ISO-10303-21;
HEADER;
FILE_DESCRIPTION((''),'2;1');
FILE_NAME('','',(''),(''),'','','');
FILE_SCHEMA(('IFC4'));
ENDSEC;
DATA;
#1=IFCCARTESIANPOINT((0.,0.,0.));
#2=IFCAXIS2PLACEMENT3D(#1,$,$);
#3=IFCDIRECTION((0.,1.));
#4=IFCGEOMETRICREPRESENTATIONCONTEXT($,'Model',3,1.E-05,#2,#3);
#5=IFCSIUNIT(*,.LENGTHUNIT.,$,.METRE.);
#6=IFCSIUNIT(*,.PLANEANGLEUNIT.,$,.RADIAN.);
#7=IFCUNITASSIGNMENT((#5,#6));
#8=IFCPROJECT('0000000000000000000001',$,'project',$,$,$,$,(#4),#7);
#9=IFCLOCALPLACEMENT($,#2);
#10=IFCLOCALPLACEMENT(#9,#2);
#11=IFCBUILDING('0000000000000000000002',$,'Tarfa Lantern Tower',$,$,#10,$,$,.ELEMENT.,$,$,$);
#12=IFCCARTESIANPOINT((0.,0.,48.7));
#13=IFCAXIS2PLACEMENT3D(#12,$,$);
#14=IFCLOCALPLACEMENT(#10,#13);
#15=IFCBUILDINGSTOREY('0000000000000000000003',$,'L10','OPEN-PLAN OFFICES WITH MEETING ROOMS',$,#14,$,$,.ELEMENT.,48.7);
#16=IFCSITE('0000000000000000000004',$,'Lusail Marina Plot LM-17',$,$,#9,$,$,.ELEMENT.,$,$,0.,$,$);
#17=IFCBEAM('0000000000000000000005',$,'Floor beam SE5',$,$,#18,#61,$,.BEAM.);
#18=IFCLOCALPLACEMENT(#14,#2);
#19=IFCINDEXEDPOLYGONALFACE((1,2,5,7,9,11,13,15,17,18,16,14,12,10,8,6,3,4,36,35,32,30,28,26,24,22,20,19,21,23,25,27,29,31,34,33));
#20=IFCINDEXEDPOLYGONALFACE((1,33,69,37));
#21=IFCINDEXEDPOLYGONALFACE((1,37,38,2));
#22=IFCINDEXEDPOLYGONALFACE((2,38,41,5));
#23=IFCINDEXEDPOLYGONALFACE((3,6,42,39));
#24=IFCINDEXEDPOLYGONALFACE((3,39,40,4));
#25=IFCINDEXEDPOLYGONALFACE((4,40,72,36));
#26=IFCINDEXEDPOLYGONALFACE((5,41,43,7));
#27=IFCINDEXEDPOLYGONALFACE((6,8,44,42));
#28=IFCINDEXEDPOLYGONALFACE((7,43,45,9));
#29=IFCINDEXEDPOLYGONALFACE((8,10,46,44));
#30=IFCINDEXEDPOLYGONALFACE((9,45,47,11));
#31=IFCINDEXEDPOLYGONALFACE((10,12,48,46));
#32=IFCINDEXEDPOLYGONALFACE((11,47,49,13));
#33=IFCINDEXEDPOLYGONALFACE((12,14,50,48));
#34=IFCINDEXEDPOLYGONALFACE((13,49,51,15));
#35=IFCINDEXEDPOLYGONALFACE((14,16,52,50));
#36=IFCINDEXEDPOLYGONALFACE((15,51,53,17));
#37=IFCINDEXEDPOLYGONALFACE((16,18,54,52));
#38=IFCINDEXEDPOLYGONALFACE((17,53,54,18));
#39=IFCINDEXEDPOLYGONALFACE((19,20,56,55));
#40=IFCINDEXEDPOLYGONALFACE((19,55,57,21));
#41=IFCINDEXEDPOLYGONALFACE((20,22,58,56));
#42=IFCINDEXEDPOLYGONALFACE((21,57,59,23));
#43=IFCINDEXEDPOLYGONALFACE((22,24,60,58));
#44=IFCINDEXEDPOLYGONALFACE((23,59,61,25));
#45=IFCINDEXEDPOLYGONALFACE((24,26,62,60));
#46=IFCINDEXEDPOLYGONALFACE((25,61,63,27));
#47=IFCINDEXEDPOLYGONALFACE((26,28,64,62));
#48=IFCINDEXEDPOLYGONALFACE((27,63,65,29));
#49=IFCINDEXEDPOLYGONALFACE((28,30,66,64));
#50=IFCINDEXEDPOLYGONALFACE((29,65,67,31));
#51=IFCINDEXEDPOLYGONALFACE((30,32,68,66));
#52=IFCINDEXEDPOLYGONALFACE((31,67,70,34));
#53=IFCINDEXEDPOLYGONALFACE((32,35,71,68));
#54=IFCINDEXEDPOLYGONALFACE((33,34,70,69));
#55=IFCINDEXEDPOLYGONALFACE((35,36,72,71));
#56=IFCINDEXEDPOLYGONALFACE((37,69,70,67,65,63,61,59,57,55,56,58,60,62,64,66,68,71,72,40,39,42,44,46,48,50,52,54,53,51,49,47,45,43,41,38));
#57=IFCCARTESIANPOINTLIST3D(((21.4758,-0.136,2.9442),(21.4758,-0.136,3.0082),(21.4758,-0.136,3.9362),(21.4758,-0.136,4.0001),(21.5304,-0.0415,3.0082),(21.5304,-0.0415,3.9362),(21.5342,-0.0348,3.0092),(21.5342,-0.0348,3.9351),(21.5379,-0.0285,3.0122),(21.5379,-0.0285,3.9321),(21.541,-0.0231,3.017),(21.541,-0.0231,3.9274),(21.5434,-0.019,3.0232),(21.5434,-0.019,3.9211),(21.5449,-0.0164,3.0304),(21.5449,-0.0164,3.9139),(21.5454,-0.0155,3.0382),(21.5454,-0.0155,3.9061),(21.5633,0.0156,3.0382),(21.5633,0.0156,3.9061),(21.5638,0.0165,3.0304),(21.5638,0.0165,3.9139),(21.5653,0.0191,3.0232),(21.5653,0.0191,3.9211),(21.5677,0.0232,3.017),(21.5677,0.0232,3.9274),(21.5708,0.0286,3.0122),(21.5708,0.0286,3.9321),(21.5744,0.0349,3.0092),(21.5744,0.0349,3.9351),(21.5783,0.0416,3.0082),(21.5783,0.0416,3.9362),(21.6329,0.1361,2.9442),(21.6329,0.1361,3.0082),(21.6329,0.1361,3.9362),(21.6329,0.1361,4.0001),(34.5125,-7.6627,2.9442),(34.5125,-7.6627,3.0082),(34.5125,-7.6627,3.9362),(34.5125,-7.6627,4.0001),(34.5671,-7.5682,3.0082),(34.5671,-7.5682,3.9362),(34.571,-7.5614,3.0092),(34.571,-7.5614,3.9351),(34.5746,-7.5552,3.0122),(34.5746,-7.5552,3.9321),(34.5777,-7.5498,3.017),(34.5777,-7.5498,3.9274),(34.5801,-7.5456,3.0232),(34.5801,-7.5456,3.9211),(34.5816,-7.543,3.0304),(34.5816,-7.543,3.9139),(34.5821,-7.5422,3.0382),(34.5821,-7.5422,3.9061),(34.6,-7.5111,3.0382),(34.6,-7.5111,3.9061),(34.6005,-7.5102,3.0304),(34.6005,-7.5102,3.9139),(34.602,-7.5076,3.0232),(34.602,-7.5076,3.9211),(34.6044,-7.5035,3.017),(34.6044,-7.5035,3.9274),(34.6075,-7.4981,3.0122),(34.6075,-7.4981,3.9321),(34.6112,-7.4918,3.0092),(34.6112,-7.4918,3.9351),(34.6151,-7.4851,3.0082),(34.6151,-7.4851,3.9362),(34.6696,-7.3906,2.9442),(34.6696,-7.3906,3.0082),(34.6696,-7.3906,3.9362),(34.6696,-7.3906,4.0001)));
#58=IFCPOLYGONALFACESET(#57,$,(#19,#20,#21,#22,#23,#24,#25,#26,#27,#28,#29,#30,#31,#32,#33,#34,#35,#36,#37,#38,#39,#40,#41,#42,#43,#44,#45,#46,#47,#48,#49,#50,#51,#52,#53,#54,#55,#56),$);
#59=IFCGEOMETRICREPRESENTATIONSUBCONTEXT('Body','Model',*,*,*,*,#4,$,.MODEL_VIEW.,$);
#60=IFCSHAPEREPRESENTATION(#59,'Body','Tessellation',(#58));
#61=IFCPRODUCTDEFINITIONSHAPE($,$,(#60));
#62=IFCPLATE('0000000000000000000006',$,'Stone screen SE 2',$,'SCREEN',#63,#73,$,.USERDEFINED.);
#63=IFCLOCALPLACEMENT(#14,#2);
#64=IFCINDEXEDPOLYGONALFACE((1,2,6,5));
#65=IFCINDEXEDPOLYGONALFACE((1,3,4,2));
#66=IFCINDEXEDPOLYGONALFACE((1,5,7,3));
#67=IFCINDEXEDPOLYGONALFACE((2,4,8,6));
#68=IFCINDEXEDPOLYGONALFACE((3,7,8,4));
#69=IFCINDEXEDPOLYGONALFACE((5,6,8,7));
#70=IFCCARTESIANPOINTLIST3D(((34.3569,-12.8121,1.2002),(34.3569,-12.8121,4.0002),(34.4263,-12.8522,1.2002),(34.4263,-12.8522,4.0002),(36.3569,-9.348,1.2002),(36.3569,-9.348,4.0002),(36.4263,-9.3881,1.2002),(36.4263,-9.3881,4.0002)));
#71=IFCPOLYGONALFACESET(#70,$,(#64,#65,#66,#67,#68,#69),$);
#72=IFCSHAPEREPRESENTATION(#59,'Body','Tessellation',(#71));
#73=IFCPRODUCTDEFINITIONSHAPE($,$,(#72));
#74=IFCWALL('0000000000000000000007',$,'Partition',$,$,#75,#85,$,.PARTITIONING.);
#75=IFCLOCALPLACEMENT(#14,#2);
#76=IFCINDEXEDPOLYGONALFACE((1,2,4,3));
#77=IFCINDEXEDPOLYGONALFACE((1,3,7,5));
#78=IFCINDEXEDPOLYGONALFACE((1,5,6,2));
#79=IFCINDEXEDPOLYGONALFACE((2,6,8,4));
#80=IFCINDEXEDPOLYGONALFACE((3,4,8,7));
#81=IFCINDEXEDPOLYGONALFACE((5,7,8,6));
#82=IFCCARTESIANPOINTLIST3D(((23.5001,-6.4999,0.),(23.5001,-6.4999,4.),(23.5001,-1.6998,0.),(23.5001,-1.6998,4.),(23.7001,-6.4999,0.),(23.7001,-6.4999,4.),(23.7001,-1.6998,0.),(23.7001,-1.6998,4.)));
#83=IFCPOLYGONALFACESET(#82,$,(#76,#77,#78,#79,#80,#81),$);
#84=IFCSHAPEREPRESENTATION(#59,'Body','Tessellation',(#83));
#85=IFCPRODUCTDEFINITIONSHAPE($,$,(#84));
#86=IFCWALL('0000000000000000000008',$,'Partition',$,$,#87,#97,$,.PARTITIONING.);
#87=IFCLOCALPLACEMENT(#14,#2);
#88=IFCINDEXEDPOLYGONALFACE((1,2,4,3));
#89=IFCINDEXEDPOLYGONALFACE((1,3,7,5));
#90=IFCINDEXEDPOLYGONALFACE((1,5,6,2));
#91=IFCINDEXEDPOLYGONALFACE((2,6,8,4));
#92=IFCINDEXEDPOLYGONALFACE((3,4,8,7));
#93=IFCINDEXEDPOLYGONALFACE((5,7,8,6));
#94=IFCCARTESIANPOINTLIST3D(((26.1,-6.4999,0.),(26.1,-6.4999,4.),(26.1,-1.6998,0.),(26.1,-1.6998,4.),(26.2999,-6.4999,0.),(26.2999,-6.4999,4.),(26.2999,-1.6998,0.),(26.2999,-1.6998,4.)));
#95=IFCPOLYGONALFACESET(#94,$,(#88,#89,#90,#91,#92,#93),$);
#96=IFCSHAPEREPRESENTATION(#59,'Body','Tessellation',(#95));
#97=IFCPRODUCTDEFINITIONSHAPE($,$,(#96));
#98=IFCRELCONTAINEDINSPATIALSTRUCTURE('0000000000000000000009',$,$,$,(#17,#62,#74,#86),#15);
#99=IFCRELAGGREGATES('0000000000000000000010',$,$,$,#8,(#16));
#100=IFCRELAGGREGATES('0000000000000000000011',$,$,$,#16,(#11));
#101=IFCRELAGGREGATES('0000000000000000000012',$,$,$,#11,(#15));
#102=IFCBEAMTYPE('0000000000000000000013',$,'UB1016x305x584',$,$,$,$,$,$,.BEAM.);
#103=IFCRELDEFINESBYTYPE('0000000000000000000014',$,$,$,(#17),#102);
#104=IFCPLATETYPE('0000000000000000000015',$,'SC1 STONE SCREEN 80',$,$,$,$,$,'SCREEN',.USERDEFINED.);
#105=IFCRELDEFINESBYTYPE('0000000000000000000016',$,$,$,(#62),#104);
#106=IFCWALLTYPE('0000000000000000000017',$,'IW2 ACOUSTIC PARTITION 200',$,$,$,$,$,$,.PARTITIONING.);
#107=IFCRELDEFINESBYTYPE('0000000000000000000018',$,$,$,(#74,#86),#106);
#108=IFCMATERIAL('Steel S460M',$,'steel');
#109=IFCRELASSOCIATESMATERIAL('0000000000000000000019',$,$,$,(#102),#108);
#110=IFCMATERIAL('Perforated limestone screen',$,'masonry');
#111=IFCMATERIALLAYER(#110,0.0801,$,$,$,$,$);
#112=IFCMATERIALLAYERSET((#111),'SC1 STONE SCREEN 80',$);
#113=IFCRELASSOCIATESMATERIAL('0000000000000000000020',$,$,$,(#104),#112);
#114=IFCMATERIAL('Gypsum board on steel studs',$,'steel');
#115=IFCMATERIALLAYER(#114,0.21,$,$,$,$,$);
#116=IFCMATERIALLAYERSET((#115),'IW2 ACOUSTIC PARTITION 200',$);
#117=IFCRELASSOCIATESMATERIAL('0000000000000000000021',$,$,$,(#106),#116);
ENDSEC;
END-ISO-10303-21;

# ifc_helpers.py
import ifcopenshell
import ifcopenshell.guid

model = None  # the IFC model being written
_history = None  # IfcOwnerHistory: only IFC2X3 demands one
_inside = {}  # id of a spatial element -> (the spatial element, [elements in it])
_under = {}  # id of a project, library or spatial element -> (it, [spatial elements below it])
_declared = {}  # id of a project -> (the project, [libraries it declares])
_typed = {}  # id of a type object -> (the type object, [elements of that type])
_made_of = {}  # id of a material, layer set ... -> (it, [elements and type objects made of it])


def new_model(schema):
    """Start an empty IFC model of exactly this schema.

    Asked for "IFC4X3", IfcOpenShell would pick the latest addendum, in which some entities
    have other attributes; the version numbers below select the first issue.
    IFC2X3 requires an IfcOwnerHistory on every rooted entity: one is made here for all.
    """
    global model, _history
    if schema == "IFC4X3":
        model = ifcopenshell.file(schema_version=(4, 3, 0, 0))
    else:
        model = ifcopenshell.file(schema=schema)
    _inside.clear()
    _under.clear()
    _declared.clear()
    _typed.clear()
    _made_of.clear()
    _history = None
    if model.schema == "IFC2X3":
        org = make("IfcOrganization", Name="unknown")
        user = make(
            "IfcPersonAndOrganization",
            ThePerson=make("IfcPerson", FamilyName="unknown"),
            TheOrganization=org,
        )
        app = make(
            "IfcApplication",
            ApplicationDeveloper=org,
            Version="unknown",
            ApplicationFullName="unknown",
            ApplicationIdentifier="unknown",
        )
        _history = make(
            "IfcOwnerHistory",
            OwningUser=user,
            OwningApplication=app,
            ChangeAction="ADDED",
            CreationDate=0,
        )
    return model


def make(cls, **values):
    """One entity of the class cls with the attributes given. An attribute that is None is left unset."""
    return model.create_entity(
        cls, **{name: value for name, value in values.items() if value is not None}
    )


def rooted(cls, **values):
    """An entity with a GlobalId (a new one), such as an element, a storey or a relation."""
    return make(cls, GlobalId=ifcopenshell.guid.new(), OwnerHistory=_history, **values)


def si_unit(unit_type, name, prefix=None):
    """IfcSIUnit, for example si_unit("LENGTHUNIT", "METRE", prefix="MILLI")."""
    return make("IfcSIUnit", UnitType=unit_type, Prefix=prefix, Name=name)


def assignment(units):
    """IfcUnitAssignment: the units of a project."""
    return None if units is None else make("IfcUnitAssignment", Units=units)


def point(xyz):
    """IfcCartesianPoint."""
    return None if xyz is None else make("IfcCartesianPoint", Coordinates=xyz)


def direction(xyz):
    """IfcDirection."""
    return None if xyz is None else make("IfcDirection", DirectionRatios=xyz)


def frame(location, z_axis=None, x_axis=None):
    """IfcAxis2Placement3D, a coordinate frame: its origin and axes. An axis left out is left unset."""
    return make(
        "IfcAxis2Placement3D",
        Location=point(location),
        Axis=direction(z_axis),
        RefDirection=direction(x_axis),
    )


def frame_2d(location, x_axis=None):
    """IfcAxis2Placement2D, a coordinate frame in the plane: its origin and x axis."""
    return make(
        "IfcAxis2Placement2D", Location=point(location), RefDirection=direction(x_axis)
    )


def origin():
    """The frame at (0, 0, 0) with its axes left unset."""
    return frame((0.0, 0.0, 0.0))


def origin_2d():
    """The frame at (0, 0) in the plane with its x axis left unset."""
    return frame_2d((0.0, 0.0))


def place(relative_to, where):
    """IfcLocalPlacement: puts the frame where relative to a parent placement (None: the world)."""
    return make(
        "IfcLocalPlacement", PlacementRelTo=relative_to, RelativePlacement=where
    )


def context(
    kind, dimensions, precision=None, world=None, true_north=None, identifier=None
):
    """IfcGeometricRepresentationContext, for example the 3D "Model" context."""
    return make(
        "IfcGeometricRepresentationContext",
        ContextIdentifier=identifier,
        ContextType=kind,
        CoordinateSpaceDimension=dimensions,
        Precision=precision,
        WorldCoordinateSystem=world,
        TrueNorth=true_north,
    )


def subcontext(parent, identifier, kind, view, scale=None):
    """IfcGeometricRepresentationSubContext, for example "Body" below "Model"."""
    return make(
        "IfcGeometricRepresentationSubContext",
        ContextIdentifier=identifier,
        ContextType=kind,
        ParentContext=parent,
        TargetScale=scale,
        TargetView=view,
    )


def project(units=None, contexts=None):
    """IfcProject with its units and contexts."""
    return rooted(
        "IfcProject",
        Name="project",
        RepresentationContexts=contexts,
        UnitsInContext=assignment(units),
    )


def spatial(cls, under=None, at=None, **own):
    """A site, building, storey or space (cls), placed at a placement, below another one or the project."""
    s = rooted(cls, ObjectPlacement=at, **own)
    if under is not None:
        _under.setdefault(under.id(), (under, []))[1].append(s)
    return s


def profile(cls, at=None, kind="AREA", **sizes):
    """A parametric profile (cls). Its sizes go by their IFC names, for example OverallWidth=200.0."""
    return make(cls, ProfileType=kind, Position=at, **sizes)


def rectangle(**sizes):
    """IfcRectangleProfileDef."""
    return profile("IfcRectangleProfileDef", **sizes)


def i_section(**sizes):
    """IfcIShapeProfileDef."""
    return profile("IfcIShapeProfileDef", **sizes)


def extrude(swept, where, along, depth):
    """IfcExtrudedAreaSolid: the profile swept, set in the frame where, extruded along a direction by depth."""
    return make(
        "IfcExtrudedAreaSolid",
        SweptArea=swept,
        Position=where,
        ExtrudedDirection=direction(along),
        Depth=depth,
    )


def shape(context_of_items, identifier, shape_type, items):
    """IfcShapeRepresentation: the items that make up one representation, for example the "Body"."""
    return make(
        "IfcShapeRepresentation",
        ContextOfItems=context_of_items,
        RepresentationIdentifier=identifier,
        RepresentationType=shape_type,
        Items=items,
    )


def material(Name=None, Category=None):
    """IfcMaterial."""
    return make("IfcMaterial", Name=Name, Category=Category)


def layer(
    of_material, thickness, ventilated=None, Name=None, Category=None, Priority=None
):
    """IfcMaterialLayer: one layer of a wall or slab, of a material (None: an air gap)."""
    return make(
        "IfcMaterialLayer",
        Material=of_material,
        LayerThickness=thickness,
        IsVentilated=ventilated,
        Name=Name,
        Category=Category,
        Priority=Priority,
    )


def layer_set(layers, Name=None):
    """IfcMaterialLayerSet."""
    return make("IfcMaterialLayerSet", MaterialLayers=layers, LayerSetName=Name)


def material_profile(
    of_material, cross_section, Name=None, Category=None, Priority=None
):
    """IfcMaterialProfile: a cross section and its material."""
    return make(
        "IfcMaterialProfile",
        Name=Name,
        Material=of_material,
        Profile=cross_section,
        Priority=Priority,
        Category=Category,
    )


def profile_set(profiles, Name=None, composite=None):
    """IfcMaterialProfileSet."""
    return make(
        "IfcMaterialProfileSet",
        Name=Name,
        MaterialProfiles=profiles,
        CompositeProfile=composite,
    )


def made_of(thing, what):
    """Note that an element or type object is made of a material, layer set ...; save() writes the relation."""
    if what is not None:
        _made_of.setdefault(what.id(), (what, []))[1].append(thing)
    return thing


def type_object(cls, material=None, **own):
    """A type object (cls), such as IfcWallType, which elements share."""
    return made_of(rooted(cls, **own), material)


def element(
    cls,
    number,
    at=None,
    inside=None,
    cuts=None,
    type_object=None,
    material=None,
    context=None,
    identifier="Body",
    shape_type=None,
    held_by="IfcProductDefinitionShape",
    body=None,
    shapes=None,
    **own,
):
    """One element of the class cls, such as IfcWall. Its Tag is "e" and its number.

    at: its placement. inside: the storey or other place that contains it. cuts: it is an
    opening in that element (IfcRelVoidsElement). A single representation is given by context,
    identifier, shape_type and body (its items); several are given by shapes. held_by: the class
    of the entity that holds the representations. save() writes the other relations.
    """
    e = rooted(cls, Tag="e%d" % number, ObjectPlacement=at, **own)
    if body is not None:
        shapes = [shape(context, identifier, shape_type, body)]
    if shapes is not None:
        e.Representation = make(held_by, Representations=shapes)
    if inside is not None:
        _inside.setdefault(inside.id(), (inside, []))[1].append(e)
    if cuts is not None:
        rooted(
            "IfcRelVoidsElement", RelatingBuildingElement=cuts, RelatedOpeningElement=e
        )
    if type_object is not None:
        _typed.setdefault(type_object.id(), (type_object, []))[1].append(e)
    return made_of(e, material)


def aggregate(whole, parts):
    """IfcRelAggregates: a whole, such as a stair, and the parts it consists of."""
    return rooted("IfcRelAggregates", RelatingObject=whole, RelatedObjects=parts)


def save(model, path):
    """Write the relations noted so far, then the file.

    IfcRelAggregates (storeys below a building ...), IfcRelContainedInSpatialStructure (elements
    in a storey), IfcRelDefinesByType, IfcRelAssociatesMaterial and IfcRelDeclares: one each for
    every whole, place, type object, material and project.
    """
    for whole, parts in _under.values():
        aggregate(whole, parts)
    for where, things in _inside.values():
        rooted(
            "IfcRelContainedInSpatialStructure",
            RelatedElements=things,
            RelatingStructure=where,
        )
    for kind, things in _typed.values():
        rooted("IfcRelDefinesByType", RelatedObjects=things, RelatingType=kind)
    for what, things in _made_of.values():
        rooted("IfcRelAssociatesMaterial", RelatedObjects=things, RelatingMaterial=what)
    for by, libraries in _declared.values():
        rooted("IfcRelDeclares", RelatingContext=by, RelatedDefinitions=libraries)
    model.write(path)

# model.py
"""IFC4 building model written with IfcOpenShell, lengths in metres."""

from ifc_helpers import new_model, si_unit, direction, frame, frame_2d, origin, origin_2d, place, context, subcontext, project, spatial, rectangle, i_section, extrude, material, layer, layer_set, material_profile, profile_set, type_object, element, save


model = new_model("IFC4")

# Units and contexts
model_context = context("Model", 3, precision=1e-05, world=origin(), true_north=direction((0.0, 1.0)))
body_context = subcontext(model_context, "Body", "Model", "MODEL_VIEW")
ifc_project = project(units=[si_unit("LENGTHUNIT", "METRE"), si_unit("PLANEANGLEUNIT", "RADIAN")], contexts=[model_context])

# Site, building, storey
site_placement = place(None, origin())
site = spatial("IfcSite", under=ifc_project, at=site_placement, Name="Lusail Marina Plot LM-17", CompositionType="ELEMENT", RefElevation=0.0)
building_placement = place(site_placement, origin())
building = spatial("IfcBuilding", under=site, at=building_placement, Name="Tarfa Lantern Tower", CompositionType="ELEMENT")
storey_placement = place(building_placement, frame((0.0, 0.0, 48.7)))
storey = spatial("IfcBuildingStorey", under=building, at=storey_placement, Name="L10", Description="OPEN-PLAN OFFICES WITH MEETING ROOMS", CompositionType="ELEMENT", Elevation=48.7)

# Beam
ifc_material_1 = material(Name="Steel S460M", Category="steel")
ifc_material_profile_1 = material_profile(ifc_material_1, i_section(OverallWidth=0.3142, OverallDepth=1.0559, WebThickness=0.0359, FlangeThickness=0.064, FilletRadius=0.03, at=origin_2d()), Name="UB1016x305x584")
ifc_profile_set_1 = profile_set([ifc_material_profile_1], Name="Steel S460M")
beam_type_1 = type_object("IfcBeamType", Name="UB1016x305x584", PredefinedType="BEAM", material=ifc_profile_set_1)
beam_1_placement = place(storey_placement, frame((34.5911, -7.5266, 3.4722), z_axis=(-0.866028, 0.499996, 0.0), x_axis=(-0.499996, -0.866028, 0.0)))
element("IfcBeam", 1, at=beam_1_placement, inside=storey, type_object=beam_type_1, Name="Floor beam SE5", PredefinedType="BEAM", context=body_context, shape_type="SweptSolid", body=[
    extrude(i_section(OverallWidth=0.3142, OverallDepth=1.0559, WebThickness=0.0359, FlangeThickness=0.064, FilletRadius=0.03, at=origin_2d()), origin(), (0.0, 0.0, 1.0), 15.0535),
])

# Plate
ifc_material_2 = material(Name="Perforated limestone screen", Category="masonry")
ifc_layer_1 = layer(ifc_material_2, 0.0801)
ifc_layer_set_1 = layer_set([ifc_layer_1], Name="SC1 STONE SCREEN 80")
plate_type = type_object("IfcPlateType", Name="SC1 STONE SCREEN 80", ElementType="SCREEN", PredefinedType="USERDEFINED", material=ifc_layer_set_1)
plate_placement = place(storey_placement, frame((35.3916, -11.1001, 1.2002), z_axis=(0.0, 0.0, 1.0), x_axis=(0.5, 0.866025, 0.0)))
element("IfcPlate", 2, at=plate_placement, inside=storey, type_object=plate_type, Name="Stone screen SE 2", ObjectType="SCREEN", PredefinedType="USERDEFINED", context=body_context, shape_type="SweptSolid", body=[
    extrude(rectangle(XDim=4.0, YDim=0.0801, at=origin_2d()), origin(), (0.0, 0.0, 1.0), 2.8),
])

# Walls
ifc_material_3 = material(Name="Gypsum board on steel studs", Category="steel")
ifc_layer_2 = layer(ifc_material_3, 0.21)
ifc_layer_set_2 = layer_set([ifc_layer_2], Name="IW2 ACOUSTIC PARTITION 200")
wall_type = type_object("IfcWallType", Name="IW2 ACOUSTIC PARTITION 200", PredefinedType="PARTITIONING", material=ifc_layer_set_2)
for number, where, z_axis, x_axis, name in (
    (3, (23.6001, -1.7, 0.0), (0.0, 0.0, 1.0), (0.0, -1.0, 0.0), "Partition"),
    (4, (26.2, -1.7, 0.0), (0.0, 0.0, 1.0), (0.0, -1.0, 0.0), "Partition"),
):
    element("IfcWall", number, at=place(storey_placement, frame(where, z_axis=z_axis, x_axis=x_axis)), inside=storey, type_object=wall_type, Name=name, PredefinedType="PARTITIONING", context=body_context, shape_type="SweptSolid", body=[
        extrude(rectangle(XDim=4.8, YDim=0.2, at=frame_2d((2.3999, 0.0))), origin(), (0.0, 0.0, 1.0), 4.0),
    ])

save(model, "model.ifc")
